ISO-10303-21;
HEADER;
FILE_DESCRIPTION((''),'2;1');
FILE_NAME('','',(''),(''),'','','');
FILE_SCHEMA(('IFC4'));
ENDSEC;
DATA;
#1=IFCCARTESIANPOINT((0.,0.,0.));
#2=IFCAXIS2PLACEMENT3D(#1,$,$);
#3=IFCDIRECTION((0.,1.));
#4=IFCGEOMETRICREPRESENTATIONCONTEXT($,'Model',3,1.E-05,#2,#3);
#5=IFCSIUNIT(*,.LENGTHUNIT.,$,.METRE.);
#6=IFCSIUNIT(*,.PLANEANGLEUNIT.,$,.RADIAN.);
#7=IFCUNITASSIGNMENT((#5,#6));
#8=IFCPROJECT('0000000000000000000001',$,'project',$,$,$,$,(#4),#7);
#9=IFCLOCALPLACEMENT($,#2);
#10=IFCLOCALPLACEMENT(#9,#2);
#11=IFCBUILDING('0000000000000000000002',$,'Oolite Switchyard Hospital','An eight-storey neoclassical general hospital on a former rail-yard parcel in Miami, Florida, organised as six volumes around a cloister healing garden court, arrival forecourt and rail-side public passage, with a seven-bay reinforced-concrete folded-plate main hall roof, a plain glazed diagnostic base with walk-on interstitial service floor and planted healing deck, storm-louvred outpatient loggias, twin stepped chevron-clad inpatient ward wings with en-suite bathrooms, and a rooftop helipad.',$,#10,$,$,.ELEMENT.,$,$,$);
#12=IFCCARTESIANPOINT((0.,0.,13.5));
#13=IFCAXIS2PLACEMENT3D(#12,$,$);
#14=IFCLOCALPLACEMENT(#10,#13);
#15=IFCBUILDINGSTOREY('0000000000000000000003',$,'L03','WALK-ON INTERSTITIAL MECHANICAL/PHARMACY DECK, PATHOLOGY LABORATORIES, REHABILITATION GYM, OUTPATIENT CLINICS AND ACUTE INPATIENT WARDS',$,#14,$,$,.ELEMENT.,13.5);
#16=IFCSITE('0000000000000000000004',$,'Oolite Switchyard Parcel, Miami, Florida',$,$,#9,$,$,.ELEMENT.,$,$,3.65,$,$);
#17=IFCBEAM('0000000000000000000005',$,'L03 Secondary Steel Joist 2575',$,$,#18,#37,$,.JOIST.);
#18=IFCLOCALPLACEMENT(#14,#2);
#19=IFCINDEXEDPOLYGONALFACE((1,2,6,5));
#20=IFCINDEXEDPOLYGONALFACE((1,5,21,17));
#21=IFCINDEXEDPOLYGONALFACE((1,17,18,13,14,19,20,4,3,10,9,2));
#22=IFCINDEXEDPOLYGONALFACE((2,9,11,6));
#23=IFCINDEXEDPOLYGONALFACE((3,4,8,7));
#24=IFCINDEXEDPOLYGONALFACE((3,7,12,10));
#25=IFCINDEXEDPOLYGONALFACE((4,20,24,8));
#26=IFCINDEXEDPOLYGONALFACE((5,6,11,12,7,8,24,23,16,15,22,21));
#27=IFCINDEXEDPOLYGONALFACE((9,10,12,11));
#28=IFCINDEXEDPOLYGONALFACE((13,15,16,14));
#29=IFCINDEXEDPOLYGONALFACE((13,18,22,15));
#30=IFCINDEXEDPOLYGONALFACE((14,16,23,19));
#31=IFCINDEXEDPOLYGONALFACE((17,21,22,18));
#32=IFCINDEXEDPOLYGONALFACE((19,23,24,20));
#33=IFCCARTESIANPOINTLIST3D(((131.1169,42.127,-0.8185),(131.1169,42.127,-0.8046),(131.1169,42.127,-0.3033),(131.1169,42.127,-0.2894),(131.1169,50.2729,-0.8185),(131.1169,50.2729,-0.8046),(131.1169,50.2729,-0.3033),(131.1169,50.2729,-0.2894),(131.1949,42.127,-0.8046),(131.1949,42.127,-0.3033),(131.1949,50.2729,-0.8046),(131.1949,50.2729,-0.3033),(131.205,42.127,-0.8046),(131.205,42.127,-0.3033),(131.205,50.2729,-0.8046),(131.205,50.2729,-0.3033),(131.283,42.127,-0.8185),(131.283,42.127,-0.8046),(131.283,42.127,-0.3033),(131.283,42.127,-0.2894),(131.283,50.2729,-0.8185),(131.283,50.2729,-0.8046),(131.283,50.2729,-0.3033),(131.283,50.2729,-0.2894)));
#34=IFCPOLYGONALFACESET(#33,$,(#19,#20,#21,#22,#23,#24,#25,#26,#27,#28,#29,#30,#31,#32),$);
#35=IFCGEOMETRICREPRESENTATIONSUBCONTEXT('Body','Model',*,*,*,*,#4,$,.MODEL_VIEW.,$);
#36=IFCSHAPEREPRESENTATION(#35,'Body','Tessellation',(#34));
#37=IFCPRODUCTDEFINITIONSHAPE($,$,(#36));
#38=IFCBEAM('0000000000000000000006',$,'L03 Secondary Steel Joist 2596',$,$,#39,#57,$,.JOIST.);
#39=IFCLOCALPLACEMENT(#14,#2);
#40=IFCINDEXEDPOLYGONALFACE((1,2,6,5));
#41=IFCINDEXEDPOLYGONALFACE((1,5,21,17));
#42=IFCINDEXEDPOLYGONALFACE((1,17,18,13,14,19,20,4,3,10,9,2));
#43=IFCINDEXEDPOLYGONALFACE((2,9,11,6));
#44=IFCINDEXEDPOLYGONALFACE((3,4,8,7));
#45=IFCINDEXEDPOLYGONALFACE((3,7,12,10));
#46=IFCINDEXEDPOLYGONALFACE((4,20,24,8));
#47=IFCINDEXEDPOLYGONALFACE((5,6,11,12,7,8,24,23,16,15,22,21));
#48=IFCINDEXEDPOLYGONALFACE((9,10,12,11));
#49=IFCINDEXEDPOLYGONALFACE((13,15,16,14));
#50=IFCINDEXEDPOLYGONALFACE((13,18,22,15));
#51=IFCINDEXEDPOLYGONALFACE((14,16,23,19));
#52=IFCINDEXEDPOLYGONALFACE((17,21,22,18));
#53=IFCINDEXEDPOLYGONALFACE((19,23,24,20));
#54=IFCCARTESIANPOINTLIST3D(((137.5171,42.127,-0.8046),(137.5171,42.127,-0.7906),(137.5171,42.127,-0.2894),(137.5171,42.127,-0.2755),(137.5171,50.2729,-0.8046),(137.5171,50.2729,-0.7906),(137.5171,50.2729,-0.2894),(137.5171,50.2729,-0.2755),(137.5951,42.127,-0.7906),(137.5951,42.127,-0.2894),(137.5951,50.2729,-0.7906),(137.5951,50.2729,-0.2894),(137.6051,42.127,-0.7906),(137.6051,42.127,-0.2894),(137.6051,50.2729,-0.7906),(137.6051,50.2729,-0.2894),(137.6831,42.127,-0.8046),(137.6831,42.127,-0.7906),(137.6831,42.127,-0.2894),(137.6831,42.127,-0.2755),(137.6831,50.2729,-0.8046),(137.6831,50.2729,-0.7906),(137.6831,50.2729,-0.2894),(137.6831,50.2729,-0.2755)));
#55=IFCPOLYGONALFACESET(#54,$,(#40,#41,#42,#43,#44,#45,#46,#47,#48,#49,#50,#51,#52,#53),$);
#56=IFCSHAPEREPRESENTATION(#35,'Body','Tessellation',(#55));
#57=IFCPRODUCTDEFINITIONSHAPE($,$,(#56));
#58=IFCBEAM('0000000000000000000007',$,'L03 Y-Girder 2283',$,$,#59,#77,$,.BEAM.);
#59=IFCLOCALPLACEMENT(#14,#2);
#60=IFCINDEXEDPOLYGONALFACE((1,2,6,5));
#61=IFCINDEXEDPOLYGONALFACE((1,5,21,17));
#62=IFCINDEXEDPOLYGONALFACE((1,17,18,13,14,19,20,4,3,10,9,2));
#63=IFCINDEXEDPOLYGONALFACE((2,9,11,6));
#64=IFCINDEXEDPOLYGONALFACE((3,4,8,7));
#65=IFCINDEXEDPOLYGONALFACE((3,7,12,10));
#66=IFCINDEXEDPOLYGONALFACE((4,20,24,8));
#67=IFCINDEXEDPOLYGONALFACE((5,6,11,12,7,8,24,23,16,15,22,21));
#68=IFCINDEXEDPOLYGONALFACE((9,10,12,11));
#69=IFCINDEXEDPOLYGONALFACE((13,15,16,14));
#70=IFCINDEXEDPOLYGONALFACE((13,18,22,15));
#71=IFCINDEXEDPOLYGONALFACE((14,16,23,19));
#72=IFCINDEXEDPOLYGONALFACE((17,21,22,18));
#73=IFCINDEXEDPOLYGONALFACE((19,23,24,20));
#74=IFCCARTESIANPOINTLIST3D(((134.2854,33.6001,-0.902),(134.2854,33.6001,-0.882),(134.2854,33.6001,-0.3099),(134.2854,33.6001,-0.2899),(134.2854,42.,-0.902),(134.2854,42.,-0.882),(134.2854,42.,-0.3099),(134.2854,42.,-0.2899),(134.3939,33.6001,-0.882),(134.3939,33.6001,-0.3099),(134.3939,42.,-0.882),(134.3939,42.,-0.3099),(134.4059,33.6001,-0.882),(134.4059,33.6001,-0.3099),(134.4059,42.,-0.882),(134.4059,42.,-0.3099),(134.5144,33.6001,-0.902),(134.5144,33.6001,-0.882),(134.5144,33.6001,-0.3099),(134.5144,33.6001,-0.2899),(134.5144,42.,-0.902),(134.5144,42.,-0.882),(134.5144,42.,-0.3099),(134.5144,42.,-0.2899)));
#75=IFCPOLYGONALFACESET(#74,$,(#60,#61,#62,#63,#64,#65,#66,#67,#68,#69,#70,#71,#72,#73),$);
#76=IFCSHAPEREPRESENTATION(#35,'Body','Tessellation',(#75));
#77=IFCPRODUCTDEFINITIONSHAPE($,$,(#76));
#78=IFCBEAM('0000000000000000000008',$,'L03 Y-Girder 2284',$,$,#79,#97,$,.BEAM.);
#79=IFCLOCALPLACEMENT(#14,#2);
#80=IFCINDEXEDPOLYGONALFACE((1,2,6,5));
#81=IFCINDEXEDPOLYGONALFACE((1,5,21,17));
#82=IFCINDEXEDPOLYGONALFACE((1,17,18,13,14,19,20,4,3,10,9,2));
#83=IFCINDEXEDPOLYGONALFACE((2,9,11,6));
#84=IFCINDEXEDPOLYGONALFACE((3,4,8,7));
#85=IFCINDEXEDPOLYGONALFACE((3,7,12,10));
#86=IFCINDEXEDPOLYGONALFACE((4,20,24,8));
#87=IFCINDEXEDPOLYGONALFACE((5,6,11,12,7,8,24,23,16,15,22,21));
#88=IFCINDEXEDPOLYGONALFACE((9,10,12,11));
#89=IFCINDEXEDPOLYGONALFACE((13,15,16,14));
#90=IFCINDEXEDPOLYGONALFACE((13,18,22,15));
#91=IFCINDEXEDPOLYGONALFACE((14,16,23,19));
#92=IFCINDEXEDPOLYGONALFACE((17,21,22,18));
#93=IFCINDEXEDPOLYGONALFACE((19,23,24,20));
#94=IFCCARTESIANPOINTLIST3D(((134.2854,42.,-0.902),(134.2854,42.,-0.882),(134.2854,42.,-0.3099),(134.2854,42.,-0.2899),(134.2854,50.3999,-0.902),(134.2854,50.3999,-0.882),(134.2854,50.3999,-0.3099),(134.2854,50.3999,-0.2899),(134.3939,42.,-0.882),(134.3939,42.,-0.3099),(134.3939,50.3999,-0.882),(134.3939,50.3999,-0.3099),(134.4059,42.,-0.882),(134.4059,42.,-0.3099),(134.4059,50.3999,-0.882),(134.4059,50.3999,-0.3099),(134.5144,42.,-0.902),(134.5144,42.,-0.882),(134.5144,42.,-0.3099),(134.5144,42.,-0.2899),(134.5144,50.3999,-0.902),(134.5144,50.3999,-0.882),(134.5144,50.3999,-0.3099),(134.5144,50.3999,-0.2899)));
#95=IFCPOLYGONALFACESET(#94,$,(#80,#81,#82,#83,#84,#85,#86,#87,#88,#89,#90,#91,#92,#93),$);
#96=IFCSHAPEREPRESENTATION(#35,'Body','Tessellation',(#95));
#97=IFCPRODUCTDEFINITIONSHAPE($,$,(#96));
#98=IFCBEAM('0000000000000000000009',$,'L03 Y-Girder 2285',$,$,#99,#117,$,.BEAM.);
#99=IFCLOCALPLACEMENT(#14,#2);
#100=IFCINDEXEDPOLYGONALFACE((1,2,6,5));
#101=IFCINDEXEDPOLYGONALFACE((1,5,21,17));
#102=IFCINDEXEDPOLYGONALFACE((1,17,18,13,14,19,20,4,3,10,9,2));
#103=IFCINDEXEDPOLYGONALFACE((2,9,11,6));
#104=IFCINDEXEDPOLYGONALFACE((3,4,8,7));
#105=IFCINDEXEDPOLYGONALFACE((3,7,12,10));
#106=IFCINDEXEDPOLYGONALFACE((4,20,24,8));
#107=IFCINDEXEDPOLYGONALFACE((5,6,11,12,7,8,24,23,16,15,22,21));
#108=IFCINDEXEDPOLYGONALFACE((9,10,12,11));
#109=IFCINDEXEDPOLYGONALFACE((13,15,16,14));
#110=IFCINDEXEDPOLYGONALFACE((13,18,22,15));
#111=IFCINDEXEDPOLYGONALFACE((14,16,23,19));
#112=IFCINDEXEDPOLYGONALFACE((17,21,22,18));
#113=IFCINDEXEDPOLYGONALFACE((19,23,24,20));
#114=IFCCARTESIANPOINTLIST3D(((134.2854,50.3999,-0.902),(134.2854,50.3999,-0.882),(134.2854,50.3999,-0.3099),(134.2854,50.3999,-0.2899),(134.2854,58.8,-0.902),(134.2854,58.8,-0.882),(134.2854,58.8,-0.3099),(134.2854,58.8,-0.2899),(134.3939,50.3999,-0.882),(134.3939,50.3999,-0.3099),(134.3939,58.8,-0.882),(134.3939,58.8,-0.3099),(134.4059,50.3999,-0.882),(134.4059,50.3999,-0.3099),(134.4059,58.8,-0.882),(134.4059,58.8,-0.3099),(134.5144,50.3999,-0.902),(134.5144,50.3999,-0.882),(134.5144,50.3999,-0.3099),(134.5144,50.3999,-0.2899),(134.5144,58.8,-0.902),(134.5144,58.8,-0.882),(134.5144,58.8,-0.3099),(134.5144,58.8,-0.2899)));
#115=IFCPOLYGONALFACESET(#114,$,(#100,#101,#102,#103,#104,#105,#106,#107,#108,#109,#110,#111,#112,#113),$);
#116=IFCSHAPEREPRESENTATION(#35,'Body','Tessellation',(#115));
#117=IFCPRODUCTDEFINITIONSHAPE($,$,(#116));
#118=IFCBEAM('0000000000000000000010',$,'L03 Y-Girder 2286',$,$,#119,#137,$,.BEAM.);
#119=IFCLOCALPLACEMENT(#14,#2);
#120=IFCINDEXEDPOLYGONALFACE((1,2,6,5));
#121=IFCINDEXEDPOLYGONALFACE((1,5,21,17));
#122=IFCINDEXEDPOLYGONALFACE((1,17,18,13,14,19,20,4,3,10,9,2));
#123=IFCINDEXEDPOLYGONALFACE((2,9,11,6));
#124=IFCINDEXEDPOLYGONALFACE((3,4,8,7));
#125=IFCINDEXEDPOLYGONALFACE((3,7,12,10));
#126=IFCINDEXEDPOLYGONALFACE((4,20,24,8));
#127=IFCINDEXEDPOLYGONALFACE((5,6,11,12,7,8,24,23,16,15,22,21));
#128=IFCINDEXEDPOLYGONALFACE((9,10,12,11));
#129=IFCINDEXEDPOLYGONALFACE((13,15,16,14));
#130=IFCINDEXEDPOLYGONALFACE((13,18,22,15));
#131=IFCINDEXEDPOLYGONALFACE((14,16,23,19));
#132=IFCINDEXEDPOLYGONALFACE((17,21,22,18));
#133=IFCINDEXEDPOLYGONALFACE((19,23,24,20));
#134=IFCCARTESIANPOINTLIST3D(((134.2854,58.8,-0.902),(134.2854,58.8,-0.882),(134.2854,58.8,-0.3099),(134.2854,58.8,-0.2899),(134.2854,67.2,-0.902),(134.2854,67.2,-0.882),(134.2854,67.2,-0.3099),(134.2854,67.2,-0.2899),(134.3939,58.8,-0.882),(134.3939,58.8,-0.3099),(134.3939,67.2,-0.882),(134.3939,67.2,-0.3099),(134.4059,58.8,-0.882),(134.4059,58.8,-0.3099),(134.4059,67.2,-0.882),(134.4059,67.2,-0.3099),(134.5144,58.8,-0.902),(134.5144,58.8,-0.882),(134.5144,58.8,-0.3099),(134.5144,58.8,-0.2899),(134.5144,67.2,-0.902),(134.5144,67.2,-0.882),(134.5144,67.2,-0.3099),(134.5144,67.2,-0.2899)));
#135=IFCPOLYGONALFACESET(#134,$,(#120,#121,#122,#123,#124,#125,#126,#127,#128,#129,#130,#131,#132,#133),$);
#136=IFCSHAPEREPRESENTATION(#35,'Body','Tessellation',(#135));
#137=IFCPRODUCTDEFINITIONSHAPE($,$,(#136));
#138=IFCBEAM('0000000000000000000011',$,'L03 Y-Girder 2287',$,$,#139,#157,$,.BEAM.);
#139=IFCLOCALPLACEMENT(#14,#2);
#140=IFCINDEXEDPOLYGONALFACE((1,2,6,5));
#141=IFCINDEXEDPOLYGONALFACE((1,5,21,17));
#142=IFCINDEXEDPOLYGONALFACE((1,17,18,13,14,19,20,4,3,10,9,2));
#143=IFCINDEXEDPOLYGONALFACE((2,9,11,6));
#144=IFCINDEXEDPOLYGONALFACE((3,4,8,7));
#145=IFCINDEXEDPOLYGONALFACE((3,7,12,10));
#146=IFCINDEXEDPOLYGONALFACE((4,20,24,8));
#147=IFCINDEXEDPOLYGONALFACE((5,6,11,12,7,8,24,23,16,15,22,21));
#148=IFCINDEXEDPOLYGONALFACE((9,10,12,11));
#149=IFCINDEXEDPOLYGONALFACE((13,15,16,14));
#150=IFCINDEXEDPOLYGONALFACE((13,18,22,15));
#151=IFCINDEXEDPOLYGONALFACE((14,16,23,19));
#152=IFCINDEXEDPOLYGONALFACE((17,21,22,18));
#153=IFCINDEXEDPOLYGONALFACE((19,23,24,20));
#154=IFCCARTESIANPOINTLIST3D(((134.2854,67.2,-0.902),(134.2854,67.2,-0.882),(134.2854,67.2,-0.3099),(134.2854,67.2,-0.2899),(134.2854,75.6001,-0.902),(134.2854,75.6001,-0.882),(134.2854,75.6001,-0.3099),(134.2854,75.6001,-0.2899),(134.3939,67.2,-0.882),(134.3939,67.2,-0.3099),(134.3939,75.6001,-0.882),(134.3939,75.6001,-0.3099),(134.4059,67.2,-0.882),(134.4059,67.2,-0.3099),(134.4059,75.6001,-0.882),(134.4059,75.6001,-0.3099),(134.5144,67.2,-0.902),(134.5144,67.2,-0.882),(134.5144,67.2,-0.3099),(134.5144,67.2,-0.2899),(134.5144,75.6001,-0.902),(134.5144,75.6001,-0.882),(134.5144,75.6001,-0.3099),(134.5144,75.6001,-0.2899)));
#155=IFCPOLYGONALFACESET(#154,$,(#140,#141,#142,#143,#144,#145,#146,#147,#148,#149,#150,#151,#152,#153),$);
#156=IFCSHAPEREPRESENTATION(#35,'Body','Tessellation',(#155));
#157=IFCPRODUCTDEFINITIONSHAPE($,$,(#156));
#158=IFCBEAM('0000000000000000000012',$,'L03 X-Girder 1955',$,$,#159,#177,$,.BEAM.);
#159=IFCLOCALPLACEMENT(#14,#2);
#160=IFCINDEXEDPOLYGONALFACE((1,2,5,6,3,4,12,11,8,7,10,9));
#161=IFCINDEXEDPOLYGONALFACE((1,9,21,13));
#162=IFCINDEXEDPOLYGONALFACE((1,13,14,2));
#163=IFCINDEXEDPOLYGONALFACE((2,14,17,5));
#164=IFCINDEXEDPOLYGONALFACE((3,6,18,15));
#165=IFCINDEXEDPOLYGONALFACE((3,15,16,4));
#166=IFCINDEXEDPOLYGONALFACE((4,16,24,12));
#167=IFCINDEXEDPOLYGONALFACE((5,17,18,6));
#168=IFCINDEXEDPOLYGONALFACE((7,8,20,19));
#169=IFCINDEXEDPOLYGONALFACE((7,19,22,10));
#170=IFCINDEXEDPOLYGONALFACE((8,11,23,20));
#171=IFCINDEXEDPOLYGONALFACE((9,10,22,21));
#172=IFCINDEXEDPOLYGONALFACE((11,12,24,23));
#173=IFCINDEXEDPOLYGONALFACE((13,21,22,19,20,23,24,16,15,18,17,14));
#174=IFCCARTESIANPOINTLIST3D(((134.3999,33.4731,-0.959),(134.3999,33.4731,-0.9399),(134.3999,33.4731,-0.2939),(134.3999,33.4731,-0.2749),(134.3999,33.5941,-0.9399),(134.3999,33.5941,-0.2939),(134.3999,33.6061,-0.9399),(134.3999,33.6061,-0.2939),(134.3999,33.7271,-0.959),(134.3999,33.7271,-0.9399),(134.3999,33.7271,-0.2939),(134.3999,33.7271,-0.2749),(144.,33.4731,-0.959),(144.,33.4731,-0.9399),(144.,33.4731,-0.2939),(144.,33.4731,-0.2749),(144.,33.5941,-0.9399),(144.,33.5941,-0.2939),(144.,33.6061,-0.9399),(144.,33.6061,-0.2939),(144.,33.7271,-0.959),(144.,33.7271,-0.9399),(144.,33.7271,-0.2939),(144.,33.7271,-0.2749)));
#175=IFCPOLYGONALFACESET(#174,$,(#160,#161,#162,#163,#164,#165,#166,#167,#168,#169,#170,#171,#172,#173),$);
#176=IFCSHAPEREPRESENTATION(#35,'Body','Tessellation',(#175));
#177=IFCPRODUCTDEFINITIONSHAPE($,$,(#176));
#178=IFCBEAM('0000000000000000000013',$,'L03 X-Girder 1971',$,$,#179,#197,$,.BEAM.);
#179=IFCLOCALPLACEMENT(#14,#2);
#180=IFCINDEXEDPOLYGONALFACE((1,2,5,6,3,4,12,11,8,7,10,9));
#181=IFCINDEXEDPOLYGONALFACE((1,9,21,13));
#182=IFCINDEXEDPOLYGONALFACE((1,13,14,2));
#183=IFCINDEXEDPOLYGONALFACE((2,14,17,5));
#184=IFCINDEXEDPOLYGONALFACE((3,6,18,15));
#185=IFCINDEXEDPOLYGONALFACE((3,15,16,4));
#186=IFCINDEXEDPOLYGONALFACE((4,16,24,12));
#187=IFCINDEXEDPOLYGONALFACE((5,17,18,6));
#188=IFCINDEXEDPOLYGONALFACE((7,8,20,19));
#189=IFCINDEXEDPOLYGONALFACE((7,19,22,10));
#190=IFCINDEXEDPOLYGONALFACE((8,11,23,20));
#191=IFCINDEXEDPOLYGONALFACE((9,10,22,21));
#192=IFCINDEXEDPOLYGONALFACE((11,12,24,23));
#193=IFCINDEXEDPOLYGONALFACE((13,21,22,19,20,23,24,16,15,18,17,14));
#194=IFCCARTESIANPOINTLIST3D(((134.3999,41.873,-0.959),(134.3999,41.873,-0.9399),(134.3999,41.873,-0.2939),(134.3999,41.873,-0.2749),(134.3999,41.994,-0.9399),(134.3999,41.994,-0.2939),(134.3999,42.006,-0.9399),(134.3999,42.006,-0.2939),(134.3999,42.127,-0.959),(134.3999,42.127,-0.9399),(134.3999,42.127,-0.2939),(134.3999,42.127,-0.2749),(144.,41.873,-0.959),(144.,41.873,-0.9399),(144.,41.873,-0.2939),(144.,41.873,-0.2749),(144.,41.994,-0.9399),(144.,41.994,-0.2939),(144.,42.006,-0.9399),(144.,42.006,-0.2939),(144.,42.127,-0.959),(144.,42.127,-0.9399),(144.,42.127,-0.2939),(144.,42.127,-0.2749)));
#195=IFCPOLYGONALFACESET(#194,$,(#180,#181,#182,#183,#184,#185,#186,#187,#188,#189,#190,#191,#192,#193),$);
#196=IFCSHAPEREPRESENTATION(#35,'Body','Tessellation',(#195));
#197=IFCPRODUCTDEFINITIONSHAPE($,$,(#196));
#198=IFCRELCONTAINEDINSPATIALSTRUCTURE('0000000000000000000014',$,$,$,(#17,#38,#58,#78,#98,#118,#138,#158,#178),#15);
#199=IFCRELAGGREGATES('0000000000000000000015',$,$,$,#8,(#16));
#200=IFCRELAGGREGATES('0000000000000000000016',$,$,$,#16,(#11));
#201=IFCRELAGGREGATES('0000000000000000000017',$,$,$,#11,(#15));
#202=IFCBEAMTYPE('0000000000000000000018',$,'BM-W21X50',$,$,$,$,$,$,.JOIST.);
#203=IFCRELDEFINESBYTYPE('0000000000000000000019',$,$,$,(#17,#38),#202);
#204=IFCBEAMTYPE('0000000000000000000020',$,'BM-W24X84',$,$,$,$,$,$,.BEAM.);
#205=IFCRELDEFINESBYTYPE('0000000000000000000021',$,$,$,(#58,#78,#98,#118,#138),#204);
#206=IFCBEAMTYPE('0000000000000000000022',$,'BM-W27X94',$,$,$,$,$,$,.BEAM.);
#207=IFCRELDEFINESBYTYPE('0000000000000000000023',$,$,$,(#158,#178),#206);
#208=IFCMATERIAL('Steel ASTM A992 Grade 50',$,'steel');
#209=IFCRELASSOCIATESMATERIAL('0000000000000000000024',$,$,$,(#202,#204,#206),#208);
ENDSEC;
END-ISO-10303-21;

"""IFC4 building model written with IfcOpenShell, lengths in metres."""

from ifc_helpers import new_model, si_unit, direction, frame, origin, origin_2d, place, context, subcontext, project, spatial, i_section, extrude, material, material_profile, profile_set, type_object, element, save


model = new_model("IFC4")

# Units and contexts
model_context = context("Model", 3, precision=1e-05, world=origin(), true_north=direction((0.0, 1.0)))
body_context = subcontext(model_context, "Body", "Model", "MODEL_VIEW")
ifc_project = project(units=[si_unit("LENGTHUNIT", "METRE"), si_unit("PLANEANGLEUNIT", "RADIAN")], contexts=[model_context])

# Site, building, storey
site_placement = place(None, origin())
site = spatial("IfcSite", under=ifc_project, at=site_placement, Name="Oolite Switchyard Parcel, Miami, Florida", CompositionType="ELEMENT", RefElevation=3.65)
building_placement = place(site_placement, origin())
building = spatial("IfcBuilding", under=site, at=building_placement, Name="Oolite Switchyard Hospital", Description="An eight-storey neoclassical general hospital on a former rail-yard parcel in Miami, Florida, organised as six volumes around a cloister healing garden court, arrival forecourt and rail-side public passage, with a seven-bay reinforced-concrete folded-plate main hall roof, a plain glazed diagnostic base with walk-on interstitial service floor and planted healing deck, storm-louvred outpatient loggias, twin stepped chevron-clad inpatient ward wings with en-suite bathrooms, and a rooftop helipad.", CompositionType="ELEMENT")
storey_placement = place(building_placement, frame((0.0, 0.0, 13.5)))
storey = spatial("IfcBuildingStorey", under=building, at=storey_placement, Name="L03", Description="WALK-ON INTERSTITIAL MECHANICAL/PHARMACY DECK, PATHOLOGY LABORATORIES, REHABILITATION GYM, OUTPATIENT CLINICS AND ACUTE INPATIENT WARDS", CompositionType="ELEMENT", Elevation=13.5)

# Beams
ifc_material_1 = material(Name="Steel ASTM A992 Grade 50", Category="steel")
ifc_material_profile_1 = material_profile(ifc_material_1, i_section(OverallWidth=0.166, OverallDepth=0.5291, WebThickness=0.01, FlangeThickness=0.0139, at=origin_2d()), Name="W21X50")
ifc_profile_set_1 = profile_set([ifc_material_profile_1], Name="Steel ASTM A992 Grade 50")
beam_type_1 = type_object("IfcBeamType", Name="BM-W21X50", PredefinedType="JOIST", material=ifc_profile_set_1)
for number, where, z_axis, x_axis, name in (
    (1, (131.2, 42.127, -0.554), (0.0, 1.0, 0.0), (-1.0, 0.0, 0.0), "L03 Secondary Steel Joist 2575"),
    (2, (137.6001, 42.127, -0.54), (0.0, 1.0, 0.0), (-1.0, 0.0, 0.0), "L03 Secondary Steel Joist 2596"),
):
    element("IfcBeam", number, at=place(storey_placement, frame(where, z_axis=z_axis, x_axis=x_axis)), inside=storey, type_object=beam_type_1, Name=name, PredefinedType="JOIST", context=body_context, shape_type="SweptSolid", body=[
        extrude(i_section(OverallWidth=0.166, OverallDepth=0.5291, WebThickness=0.01, FlangeThickness=0.0139, at=origin_2d()), origin(), (0.0, 0.0, 1.0), 8.146),
    ])
ifc_material_profile_2 = material_profile(ifc_material_1, i_section(OverallWidth=0.229, OverallDepth=0.6121, WebThickness=0.012, FlangeThickness=0.02, at=origin_2d()), Name="W24X84")
ifc_profile_set_2 = profile_set([ifc_material_profile_2], Name="Steel ASTM A992 Grade 50")
beam_type_2 = type_object("IfcBeamType", Name="BM-W24X84", PredefinedType="BEAM", material=ifc_profile_set_2)
for number, where, z_axis, x_axis, name in (
    (3, (134.3999, 33.6001, -0.5959), (0.0, 1.0, 0.0), (-1.0, 0.0, 0.0), "L03 Y-Girder 2283"),
    (4, (134.3999, 42.0, -0.5959), (0.0, 1.0, 0.0), (-1.0, 0.0, 0.0), "L03 Y-Girder 2284"),
):
    element("IfcBeam", number, at=place(storey_placement, frame(where, z_axis=z_axis, x_axis=x_axis)), inside=storey, type_object=beam_type_2, Name=name, PredefinedType="BEAM", context=body_context, shape_type="SweptSolid", body=[
        extrude(i_section(OverallWidth=0.229, OverallDepth=0.6121, WebThickness=0.012, FlangeThickness=0.02, at=origin_2d()), origin(), (0.0, 0.0, 1.0), 8.3999),
    ])
beam_1_placement = place(storey_placement, frame((134.3999, 50.3999, -0.5959), z_axis=(0.0, 1.0, 0.0), x_axis=(-1.0, 0.0, 0.0)))
element("IfcBeam", 5, at=beam_1_placement, inside=storey, type_object=beam_type_2, Name="L03 Y-Girder 2285", PredefinedType="BEAM", context=body_context, shape_type="SweptSolid", body=[
    extrude(i_section(OverallWidth=0.229, OverallDepth=0.6121, WebThickness=0.012, FlangeThickness=0.02, at=origin_2d()), origin(), (0.0, 0.0, 1.0), 8.4001),
])
beam_2_placement = place(storey_placement, frame((134.3999, 58.8, -0.5959), z_axis=(0.0, 1.0, 0.0), x_axis=(-1.0, 0.0, 0.0)))
element("IfcBeam", 6, at=beam_2_placement, inside=storey, type_object=beam_type_2, Name="L03 Y-Girder 2286", PredefinedType="BEAM", context=body_context, shape_type="SweptSolid", body=[
    extrude(i_section(OverallWidth=0.229, OverallDepth=0.6121, WebThickness=0.012, FlangeThickness=0.02, at=origin_2d()), origin(), (0.0, 0.0, 1.0), 8.3999),
])
beam_3_placement = place(storey_placement, frame((134.3999, 67.2, -0.5959), z_axis=(0.0, 1.0, 0.0), x_axis=(-1.0, 0.0, 0.0)))
element("IfcBeam", 7, at=beam_3_placement, inside=storey, type_object=beam_type_2, Name="L03 Y-Girder 2287", PredefinedType="BEAM", context=body_context, shape_type="SweptSolid", body=[
    extrude(i_section(OverallWidth=0.229, OverallDepth=0.6121, WebThickness=0.012, FlangeThickness=0.02, at=origin_2d()), origin(), (0.0, 0.0, 1.0), 8.4001),
])
ifc_material_profile_3 = material_profile(ifc_material_1, i_section(OverallWidth=0.2539, OverallDepth=0.6841, WebThickness=0.012, FlangeThickness=0.019, at=origin_2d()), Name="W27X94")
ifc_profile_set_3 = profile_set([ifc_material_profile_3], Name="Steel ASTM A992 Grade 50")
beam_type_3 = type_object("IfcBeamType", Name="BM-W27X94", PredefinedType="BEAM", material=ifc_profile_set_3)
for number, where, z_axis, x_axis, name in (
    (8, (134.3999, 33.6001, -0.6169), (1.0, 0.0, 0.0), (0.0, 1.0, 0.0), "L03 X-Girder 1955"),
    (9, (134.3999, 42.0, -0.6169), (1.0, 0.0, 0.0), (0.0, 1.0, 0.0), "L03 X-Girder 1971"),
):
    element("IfcBeam", number, at=place(storey_placement, frame(where, z_axis=z_axis, x_axis=x_axis)), inside=storey, type_object=beam_type_3, Name=name, PredefinedType="BEAM", context=body_context, shape_type="SweptSolid", body=[
        extrude(i_section(OverallWidth=0.2539, OverallDepth=0.6841, WebThickness=0.012, FlangeThickness=0.019, at=origin_2d()), origin(), (0.0, 0.0, 1.0), 9.6001),
    ])

save(model, "model.ifc")
